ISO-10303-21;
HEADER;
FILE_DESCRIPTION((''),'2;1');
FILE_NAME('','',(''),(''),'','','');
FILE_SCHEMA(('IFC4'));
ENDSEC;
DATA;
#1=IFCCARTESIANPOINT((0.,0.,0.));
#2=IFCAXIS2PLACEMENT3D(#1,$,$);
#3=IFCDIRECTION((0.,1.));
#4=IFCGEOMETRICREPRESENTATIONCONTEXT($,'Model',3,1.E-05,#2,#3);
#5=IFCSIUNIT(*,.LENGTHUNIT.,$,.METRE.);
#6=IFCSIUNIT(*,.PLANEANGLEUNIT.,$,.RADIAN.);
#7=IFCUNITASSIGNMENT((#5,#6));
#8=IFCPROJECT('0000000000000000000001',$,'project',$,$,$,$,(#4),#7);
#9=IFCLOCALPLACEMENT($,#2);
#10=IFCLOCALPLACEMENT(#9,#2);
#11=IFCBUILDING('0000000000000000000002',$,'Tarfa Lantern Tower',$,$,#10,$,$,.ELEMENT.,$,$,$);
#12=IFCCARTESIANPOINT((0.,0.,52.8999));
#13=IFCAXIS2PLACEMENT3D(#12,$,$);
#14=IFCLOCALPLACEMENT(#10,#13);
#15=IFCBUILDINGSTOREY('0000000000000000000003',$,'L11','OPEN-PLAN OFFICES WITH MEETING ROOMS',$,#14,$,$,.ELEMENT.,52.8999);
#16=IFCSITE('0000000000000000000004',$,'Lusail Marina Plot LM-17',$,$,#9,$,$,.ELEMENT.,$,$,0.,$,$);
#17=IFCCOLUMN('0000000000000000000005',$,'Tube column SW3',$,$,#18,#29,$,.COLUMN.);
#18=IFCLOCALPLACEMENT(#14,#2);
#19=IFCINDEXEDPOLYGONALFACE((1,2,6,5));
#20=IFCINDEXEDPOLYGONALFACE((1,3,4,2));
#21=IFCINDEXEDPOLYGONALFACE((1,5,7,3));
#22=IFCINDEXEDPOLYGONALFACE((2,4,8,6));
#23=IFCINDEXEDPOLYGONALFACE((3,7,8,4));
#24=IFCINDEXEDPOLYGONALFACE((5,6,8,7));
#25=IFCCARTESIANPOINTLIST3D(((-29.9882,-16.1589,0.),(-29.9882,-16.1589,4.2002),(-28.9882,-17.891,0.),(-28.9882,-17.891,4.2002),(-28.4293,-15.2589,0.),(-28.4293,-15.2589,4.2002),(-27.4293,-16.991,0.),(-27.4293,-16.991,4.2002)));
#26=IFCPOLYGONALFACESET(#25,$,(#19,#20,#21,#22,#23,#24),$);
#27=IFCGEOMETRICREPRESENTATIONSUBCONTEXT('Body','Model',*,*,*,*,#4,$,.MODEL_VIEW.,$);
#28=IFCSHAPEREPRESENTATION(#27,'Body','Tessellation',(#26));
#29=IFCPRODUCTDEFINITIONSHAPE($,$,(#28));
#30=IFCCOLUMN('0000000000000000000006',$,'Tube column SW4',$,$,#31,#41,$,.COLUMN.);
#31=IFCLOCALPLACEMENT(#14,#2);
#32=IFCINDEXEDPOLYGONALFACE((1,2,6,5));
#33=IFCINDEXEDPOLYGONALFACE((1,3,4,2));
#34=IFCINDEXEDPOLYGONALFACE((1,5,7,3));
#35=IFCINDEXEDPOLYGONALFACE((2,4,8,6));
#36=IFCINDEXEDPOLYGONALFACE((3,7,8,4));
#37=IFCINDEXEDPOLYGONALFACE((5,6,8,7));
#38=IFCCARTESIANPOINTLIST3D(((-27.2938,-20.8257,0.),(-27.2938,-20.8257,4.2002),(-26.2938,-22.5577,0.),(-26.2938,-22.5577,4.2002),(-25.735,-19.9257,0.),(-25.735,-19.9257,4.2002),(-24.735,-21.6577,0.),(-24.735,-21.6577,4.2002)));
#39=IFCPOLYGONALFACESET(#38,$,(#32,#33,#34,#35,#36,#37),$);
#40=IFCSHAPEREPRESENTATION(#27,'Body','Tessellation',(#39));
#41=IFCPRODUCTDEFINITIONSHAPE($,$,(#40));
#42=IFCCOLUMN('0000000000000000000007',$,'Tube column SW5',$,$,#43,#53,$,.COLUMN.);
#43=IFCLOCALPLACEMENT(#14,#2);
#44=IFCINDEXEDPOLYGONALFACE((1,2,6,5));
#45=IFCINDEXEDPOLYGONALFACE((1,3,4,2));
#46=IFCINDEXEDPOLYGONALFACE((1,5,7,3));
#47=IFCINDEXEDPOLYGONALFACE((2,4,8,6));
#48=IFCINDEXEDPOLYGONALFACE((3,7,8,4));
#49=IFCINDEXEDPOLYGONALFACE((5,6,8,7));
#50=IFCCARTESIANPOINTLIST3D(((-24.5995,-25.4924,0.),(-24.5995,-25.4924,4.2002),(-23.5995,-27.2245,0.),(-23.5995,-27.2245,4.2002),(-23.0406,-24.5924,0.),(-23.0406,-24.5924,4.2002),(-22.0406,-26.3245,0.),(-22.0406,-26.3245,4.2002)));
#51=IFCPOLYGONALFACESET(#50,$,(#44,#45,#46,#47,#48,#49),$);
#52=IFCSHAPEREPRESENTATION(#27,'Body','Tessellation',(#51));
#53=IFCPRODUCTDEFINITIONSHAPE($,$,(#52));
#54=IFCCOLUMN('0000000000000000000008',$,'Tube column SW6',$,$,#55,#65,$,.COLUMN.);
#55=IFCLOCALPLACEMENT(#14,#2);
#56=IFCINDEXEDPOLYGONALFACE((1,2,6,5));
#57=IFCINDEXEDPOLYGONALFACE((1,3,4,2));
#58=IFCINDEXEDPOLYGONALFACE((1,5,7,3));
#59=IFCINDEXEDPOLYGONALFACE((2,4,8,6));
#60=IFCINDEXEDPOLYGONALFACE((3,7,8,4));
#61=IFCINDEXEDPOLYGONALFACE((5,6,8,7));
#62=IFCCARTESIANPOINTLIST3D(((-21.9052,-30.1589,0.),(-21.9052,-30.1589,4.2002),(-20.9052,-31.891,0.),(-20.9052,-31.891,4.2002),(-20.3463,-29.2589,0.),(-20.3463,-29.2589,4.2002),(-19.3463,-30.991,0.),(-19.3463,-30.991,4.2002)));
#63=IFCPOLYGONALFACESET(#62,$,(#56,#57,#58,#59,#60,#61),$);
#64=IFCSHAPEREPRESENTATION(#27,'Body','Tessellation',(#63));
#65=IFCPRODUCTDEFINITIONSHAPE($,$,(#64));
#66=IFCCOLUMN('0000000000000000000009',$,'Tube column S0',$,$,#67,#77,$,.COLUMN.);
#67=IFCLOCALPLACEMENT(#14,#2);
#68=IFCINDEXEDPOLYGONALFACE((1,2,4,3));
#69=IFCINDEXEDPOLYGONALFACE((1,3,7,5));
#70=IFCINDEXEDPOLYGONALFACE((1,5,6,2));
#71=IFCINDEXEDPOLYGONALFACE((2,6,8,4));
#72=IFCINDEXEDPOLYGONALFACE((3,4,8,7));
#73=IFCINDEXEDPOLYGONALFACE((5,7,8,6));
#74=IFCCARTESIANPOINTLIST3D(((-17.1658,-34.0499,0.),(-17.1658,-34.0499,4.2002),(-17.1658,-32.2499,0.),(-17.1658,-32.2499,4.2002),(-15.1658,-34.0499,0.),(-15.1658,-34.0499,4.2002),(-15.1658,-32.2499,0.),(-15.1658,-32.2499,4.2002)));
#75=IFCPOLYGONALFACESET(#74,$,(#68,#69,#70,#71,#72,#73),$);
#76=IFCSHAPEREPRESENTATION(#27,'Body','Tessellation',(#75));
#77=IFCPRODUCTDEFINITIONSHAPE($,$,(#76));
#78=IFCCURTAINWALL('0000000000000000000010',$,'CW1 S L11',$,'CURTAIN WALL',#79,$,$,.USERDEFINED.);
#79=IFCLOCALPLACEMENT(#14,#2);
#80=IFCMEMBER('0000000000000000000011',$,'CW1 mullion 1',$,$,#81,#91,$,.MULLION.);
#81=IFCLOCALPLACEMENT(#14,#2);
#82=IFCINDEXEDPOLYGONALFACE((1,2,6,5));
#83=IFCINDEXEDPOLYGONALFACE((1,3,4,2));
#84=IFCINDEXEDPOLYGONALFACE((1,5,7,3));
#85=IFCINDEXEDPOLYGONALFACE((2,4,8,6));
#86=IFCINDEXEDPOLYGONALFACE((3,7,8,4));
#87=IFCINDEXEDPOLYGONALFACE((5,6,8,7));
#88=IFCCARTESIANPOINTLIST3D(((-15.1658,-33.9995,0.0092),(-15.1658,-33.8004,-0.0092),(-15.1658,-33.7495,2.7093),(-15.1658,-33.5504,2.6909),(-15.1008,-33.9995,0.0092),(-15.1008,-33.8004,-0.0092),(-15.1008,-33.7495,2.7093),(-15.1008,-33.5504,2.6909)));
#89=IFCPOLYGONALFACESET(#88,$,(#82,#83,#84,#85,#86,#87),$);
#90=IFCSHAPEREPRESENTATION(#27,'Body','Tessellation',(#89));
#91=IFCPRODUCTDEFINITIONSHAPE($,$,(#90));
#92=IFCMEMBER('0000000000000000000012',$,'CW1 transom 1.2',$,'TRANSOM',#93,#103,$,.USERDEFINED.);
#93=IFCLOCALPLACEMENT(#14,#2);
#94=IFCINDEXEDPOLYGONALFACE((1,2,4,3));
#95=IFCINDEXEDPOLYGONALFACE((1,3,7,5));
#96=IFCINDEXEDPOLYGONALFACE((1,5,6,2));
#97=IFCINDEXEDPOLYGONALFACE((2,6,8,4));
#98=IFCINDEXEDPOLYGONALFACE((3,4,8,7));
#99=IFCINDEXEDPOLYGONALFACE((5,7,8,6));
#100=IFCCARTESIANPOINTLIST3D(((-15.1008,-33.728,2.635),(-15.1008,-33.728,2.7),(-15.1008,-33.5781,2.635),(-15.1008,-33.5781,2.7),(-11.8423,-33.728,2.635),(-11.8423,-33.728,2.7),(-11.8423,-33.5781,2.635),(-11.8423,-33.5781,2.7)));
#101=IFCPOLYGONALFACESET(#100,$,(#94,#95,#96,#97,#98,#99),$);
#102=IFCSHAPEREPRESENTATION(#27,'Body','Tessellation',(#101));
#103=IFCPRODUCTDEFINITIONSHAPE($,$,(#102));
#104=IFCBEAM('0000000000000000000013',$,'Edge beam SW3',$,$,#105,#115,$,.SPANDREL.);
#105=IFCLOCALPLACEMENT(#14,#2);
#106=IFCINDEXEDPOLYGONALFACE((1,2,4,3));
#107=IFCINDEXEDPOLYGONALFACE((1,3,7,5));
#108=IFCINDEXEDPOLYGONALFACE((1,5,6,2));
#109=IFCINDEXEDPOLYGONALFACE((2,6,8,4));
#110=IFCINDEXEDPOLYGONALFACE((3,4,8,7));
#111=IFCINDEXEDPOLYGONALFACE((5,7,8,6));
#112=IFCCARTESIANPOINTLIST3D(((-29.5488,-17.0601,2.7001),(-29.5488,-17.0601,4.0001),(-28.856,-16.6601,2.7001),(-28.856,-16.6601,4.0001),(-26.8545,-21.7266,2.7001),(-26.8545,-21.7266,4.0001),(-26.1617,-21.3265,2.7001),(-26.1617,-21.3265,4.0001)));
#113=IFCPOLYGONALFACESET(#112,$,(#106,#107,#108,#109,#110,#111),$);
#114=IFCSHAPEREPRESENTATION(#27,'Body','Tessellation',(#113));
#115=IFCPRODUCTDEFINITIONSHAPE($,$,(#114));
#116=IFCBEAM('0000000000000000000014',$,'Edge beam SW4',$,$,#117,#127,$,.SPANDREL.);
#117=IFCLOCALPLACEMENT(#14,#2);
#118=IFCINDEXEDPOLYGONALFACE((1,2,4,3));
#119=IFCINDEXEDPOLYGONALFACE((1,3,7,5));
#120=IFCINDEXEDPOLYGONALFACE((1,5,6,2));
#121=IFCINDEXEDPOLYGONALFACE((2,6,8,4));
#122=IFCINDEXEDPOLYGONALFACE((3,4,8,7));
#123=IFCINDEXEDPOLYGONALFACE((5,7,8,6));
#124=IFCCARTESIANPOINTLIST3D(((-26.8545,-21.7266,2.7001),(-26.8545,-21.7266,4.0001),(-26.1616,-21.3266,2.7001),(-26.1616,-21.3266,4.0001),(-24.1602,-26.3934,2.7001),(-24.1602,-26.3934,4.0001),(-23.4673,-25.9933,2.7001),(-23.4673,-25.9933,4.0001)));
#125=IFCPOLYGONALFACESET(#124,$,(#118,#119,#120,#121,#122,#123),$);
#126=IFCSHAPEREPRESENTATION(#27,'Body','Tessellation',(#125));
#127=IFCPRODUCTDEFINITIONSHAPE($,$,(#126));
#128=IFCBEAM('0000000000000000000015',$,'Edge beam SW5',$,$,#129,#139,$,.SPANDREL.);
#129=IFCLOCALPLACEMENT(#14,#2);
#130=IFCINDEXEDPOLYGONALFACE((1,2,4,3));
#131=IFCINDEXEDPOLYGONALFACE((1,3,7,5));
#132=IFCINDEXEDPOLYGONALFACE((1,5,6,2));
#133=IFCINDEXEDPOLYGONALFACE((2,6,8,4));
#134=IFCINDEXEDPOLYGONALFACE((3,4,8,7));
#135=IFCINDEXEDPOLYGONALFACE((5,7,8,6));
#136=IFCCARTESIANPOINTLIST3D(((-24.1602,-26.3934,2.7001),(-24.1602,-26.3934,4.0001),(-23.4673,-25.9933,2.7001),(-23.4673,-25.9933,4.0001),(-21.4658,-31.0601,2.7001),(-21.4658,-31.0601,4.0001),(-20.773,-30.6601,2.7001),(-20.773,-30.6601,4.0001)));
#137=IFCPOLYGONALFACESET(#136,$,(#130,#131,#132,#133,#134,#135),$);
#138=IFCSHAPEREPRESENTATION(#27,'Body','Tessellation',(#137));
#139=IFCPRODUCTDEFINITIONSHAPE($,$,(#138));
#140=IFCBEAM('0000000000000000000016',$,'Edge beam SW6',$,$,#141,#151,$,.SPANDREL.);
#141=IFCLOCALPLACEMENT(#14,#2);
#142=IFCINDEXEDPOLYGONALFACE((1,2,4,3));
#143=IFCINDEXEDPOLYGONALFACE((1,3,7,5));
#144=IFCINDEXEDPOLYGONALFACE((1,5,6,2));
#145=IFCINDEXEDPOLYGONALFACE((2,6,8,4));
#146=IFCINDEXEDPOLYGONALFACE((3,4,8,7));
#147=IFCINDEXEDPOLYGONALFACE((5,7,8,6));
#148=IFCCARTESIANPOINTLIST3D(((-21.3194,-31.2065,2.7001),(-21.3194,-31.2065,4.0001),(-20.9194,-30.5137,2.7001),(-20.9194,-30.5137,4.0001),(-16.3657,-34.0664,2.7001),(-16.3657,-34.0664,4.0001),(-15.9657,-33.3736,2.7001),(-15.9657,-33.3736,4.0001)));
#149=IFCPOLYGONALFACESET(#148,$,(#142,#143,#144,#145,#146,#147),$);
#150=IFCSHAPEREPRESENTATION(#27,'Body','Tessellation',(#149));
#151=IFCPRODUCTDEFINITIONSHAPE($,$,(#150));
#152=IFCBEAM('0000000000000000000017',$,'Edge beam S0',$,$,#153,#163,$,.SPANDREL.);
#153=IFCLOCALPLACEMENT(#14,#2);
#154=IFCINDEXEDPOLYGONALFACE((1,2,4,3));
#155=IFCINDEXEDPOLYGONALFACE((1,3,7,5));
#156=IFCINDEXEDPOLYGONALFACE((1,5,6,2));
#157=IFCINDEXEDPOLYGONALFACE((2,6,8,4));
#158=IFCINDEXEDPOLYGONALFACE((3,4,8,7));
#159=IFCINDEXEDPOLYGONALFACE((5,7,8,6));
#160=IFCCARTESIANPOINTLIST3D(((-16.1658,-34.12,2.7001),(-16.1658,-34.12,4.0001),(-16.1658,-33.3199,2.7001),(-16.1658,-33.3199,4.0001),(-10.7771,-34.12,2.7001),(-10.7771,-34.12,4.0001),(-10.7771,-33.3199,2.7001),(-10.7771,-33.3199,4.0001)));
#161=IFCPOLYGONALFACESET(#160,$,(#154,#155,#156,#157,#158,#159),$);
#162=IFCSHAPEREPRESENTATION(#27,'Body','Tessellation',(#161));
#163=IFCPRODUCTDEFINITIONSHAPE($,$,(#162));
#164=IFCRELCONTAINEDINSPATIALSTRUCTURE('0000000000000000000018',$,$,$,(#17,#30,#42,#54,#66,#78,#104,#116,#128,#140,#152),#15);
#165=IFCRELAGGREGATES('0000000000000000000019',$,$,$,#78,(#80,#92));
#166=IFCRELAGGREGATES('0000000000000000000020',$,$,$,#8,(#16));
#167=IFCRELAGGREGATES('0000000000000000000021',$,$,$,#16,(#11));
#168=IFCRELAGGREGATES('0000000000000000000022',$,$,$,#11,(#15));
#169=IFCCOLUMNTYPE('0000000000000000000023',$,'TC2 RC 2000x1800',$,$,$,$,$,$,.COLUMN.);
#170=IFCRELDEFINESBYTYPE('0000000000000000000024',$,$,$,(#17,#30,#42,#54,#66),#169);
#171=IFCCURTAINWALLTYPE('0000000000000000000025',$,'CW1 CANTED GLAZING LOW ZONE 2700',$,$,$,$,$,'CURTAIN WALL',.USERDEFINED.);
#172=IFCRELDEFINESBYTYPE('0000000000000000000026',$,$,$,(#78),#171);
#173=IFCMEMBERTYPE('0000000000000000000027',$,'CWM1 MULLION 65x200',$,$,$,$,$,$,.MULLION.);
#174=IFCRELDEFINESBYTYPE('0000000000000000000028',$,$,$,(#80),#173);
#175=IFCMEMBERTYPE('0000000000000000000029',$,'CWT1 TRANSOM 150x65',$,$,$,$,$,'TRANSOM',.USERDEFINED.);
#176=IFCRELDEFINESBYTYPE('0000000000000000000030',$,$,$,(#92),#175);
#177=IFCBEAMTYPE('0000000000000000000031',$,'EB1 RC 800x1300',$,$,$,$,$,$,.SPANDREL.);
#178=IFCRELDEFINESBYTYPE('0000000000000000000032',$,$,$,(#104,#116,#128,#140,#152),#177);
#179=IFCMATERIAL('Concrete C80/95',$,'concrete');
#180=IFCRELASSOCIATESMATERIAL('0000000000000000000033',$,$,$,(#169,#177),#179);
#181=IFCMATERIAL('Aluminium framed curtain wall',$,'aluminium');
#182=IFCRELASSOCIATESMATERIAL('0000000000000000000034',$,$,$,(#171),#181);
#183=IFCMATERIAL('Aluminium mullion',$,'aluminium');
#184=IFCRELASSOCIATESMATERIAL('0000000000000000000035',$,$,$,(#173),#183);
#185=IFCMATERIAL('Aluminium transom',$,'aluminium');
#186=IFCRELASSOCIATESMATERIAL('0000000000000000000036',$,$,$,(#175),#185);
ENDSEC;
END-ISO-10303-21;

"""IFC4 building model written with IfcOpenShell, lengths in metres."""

from ifc_helpers import new_model, si_unit, direction, frame, origin, origin_2d, place, context, subcontext, project, spatial, rectangle, extrude, material, material_profile, profile_set, type_object, element, aggregate, save


model = new_model("IFC4")

# Units and contexts
model_context = context("Model", 3, precision=1e-05, world=origin(), true_north=direction((0.0, 1.0)))
body_context = subcontext(model_context, "Body", "Model", "MODEL_VIEW")
ifc_project = project(units=[si_unit("LENGTHUNIT", "METRE"), si_unit("PLANEANGLEUNIT", "RADIAN")], contexts=[model_context])

# Site, building, storey
site_placement = place(None, origin())
site = spatial("IfcSite", under=ifc_project, at=site_placement, Name="Lusail Marina Plot LM-17", CompositionType="ELEMENT", RefElevation=0.0)
building_placement = place(site_placement, origin())
building = spatial("IfcBuilding", under=site, at=building_placement, Name="Tarfa Lantern Tower", CompositionType="ELEMENT")
storey_placement = place(building_placement, frame((0.0, 0.0, 52.8999)))
storey = spatial("IfcBuildingStorey", under=building, at=storey_placement, Name="L11", Description="OPEN-PLAN OFFICES WITH MEETING ROOMS", CompositionType="ELEMENT", Elevation=52.8999)

# Columns
ifc_material_1 = material(Name="Concrete C80/95", Category="concrete")
ifc_material_profile_1 = material_profile(ifc_material_1, rectangle(XDim=2.0, YDim=1.8, at=origin_2d()), Name="RC 2000x1800")
ifc_profile_set_1 = profile_set([ifc_material_profile_1], Name="Concrete C80/95")
column_type = type_object("IfcColumnType", Name="TC2 RC 2000x1800", PredefinedType="COLUMN", material=ifc_profile_set_1)
for number, where, z_axis, x_axis, name in (
    (1, (-28.7087, -16.575, 0.0), (0.0, 0.0, 1.0), (0.5, -0.866025, 0.0), "Tube column SW3"),
    (2, (-26.0144, -21.2417, 0.0), (0.0, 0.0, 1.0), (0.5, -0.866025, 0.0), "Tube column SW4"),
    (3, (-23.3201, -25.9084, 0.0), (0.0, 0.0, 1.0), (0.5, -0.866025, 0.0), "Tube column SW5"),
    (4, (-20.6257, -30.575, 0.0), (0.0, 0.0, 1.0), (0.5, -0.866025, 0.0), "Tube column SW6"),
    (5, (-16.1658, -33.1499, 0.0), (0.0, 0.0, 1.0), (1.0, 0.0, 0.0), "Tube column S0"),
):
    element("IfcColumn", number, at=place(storey_placement, frame(where, z_axis=z_axis, x_axis=x_axis)), inside=storey, type_object=column_type, Name=name, PredefinedType="COLUMN", context=body_context, shape_type="SweptSolid", body=[
        extrude(rectangle(XDim=2.0, YDim=1.8, at=origin_2d()), origin(), (0.0, 0.0, 1.0), 4.2002),
    ])

# Curtain wall, members
ifc_material_2 = material(Name="Aluminium framed curtain wall", Category="aluminium")
curtain_wall_type = type_object("IfcCurtainWallType", Name="CW1 CANTED GLAZING LOW ZONE 2700", ElementType="CURTAIN WALL", PredefinedType="USERDEFINED", material=ifc_material_2)
curtain_wall_placement = place(storey_placement, origin())
curtain_wall = element("IfcCurtainWall", 6, at=curtain_wall_placement, inside=storey, type_object=curtain_wall_type, Name="CW1 S L11", ObjectType="CURTAIN WALL", PredefinedType="USERDEFINED")
ifc_material_3 = material(Name="Aluminium mullion", Category="aluminium")
ifc_material_profile_2 = material_profile(ifc_material_3, rectangle(XDim=0.0649, YDim=0.2, at=origin_2d()), Name="AL MULLION 65x200")
ifc_profile_set_2 = profile_set([ifc_material_profile_2], Name="Aluminium mullion")
member_type_1 = type_object("IfcMemberType", Name="CWM1 MULLION 65x200", PredefinedType="MULLION", material=ifc_profile_set_2)
member_1_placement = place(storey_placement, frame((-15.1333, -33.8999, 0.0), z_axis=(0.0, 0.092192, 0.995741), x_axis=(-1.0, 0.0, 0.0)))
member_1 = element("IfcMember", 7, at=member_1_placement, type_object=member_type_1, Name="CW1 mullion 1", PredefinedType="MULLION", context=body_context, shape_type="SweptSolid", body=[
    extrude(rectangle(XDim=0.0649, YDim=0.2, at=origin_2d()), origin(), (0.0, 0.0, 1.0), 2.7117),
])
ifc_material_4 = material(Name="Aluminium transom", Category="aluminium")
ifc_material_profile_3 = material_profile(ifc_material_4, rectangle(XDim=0.1499, YDim=0.0649, at=origin_2d()), Name="AL TRANSOM 150x65")
ifc_profile_set_3 = profile_set([ifc_material_profile_3], Name="Aluminium transom")
member_type_2 = type_object("IfcMemberType", Name="CWT1 TRANSOM 150x65", ElementType="TRANSOM", PredefinedType="USERDEFINED", material=ifc_profile_set_3)
member_2_placement = place(storey_placement, frame((-15.1008, -33.6531, 2.6675), z_axis=(1.0, 0.0, 0.0), x_axis=(0.0, 1.0, 0.0)))
member_2 = element("IfcMember", 8, at=member_2_placement, type_object=member_type_2, Name="CW1 transom 1.2", ObjectType="TRANSOM", PredefinedType="USERDEFINED", context=body_context, shape_type="SweptSolid", body=[
    extrude(rectangle(XDim=0.1499, YDim=0.0649, at=origin_2d()), origin(), (0.0, 0.0, 1.0), 3.2585),
])

# Beams
ifc_material_profile_4 = material_profile(ifc_material_1, rectangle(XDim=0.8, YDim=1.3, at=origin_2d()), Name="RC 800x1300")
ifc_profile_set_4 = profile_set([ifc_material_profile_4], Name="Concrete C80/95")
beam_type_1 = type_object("IfcBeamType", Name="EB1 RC 800x1300", PredefinedType="SPANDREL", material=ifc_profile_set_4)
beam_1_placement = place(storey_placement, frame((-29.2024, -16.8601, 3.3501), z_axis=(0.500018, -0.866015, 0.0), x_axis=(0.866015, 0.500018, 0.0)))
element("IfcBeam", 9, at=beam_1_placement, inside=storey, type_object=beam_type_1, Name="Edge beam SW3", PredefinedType="SPANDREL", context=body_context, shape_type="SweptSolid", body=[
    extrude(rectangle(XDim=0.8, YDim=1.3, at=origin_2d()), origin(), (0.0, 0.0, 1.0), 5.3884),
])
for number, where, z_axis, x_axis, name in (
    (10, (-26.5081, -21.5266, 3.3501), (0.499998, -0.866026, 0.0), (0.866026, 0.499998, 0.0), "Edge beam SW4"),
    (11, (-23.8137, -26.1934, 3.3501), (0.499998, -0.866026, 0.0), (0.866026, 0.499998, 0.0), "Edge beam SW5"),
):
    element("IfcBeam", number, at=place(storey_placement, frame(where, z_axis=z_axis, x_axis=x_axis)), inside=storey, type_object=beam_type_1, Name=name, PredefinedType="SPANDREL", context=body_context, shape_type="SweptSolid", body=[
        extrude(rectangle(XDim=0.8, YDim=1.3, at=origin_2d()), origin(), (0.0, 0.0, 1.0), 5.3887),
    ])
beam_2_placement = place(storey_placement, frame((-21.1194, -30.8601, 3.3501), z_axis=(0.866033, -0.499986, 0.0), x_axis=(0.499986, 0.866033, 0.0)))
element("IfcBeam", 12, at=beam_2_placement, inside=storey, type_object=beam_type_1, Name="Edge beam SW6", PredefinedType="SPANDREL", context=body_context, shape_type="SweptSolid", body=[
    extrude(rectangle(XDim=0.8, YDim=1.3, at=origin_2d()), origin(), (0.0, 0.0, 1.0), 5.72),
])
beam_3_placement = place(storey_placement, frame((-16.1658, -33.72, 3.3501), z_axis=(1.0, 0.0, 0.0), x_axis=(0.0, 1.0, 0.0)))
element("IfcBeam", 13, at=beam_3_placement, inside=storey, type_object=beam_type_1, Name="Edge beam S0", PredefinedType="SPANDREL", context=body_context, shape_type="SweptSolid", body=[
    extrude(rectangle(XDim=0.8, YDim=1.3, at=origin_2d()), origin(), (0.0, 0.0, 1.0), 5.3887),
])

aggregate(curtain_wall, [member_1, member_2])

save(model, "model.ifc")
